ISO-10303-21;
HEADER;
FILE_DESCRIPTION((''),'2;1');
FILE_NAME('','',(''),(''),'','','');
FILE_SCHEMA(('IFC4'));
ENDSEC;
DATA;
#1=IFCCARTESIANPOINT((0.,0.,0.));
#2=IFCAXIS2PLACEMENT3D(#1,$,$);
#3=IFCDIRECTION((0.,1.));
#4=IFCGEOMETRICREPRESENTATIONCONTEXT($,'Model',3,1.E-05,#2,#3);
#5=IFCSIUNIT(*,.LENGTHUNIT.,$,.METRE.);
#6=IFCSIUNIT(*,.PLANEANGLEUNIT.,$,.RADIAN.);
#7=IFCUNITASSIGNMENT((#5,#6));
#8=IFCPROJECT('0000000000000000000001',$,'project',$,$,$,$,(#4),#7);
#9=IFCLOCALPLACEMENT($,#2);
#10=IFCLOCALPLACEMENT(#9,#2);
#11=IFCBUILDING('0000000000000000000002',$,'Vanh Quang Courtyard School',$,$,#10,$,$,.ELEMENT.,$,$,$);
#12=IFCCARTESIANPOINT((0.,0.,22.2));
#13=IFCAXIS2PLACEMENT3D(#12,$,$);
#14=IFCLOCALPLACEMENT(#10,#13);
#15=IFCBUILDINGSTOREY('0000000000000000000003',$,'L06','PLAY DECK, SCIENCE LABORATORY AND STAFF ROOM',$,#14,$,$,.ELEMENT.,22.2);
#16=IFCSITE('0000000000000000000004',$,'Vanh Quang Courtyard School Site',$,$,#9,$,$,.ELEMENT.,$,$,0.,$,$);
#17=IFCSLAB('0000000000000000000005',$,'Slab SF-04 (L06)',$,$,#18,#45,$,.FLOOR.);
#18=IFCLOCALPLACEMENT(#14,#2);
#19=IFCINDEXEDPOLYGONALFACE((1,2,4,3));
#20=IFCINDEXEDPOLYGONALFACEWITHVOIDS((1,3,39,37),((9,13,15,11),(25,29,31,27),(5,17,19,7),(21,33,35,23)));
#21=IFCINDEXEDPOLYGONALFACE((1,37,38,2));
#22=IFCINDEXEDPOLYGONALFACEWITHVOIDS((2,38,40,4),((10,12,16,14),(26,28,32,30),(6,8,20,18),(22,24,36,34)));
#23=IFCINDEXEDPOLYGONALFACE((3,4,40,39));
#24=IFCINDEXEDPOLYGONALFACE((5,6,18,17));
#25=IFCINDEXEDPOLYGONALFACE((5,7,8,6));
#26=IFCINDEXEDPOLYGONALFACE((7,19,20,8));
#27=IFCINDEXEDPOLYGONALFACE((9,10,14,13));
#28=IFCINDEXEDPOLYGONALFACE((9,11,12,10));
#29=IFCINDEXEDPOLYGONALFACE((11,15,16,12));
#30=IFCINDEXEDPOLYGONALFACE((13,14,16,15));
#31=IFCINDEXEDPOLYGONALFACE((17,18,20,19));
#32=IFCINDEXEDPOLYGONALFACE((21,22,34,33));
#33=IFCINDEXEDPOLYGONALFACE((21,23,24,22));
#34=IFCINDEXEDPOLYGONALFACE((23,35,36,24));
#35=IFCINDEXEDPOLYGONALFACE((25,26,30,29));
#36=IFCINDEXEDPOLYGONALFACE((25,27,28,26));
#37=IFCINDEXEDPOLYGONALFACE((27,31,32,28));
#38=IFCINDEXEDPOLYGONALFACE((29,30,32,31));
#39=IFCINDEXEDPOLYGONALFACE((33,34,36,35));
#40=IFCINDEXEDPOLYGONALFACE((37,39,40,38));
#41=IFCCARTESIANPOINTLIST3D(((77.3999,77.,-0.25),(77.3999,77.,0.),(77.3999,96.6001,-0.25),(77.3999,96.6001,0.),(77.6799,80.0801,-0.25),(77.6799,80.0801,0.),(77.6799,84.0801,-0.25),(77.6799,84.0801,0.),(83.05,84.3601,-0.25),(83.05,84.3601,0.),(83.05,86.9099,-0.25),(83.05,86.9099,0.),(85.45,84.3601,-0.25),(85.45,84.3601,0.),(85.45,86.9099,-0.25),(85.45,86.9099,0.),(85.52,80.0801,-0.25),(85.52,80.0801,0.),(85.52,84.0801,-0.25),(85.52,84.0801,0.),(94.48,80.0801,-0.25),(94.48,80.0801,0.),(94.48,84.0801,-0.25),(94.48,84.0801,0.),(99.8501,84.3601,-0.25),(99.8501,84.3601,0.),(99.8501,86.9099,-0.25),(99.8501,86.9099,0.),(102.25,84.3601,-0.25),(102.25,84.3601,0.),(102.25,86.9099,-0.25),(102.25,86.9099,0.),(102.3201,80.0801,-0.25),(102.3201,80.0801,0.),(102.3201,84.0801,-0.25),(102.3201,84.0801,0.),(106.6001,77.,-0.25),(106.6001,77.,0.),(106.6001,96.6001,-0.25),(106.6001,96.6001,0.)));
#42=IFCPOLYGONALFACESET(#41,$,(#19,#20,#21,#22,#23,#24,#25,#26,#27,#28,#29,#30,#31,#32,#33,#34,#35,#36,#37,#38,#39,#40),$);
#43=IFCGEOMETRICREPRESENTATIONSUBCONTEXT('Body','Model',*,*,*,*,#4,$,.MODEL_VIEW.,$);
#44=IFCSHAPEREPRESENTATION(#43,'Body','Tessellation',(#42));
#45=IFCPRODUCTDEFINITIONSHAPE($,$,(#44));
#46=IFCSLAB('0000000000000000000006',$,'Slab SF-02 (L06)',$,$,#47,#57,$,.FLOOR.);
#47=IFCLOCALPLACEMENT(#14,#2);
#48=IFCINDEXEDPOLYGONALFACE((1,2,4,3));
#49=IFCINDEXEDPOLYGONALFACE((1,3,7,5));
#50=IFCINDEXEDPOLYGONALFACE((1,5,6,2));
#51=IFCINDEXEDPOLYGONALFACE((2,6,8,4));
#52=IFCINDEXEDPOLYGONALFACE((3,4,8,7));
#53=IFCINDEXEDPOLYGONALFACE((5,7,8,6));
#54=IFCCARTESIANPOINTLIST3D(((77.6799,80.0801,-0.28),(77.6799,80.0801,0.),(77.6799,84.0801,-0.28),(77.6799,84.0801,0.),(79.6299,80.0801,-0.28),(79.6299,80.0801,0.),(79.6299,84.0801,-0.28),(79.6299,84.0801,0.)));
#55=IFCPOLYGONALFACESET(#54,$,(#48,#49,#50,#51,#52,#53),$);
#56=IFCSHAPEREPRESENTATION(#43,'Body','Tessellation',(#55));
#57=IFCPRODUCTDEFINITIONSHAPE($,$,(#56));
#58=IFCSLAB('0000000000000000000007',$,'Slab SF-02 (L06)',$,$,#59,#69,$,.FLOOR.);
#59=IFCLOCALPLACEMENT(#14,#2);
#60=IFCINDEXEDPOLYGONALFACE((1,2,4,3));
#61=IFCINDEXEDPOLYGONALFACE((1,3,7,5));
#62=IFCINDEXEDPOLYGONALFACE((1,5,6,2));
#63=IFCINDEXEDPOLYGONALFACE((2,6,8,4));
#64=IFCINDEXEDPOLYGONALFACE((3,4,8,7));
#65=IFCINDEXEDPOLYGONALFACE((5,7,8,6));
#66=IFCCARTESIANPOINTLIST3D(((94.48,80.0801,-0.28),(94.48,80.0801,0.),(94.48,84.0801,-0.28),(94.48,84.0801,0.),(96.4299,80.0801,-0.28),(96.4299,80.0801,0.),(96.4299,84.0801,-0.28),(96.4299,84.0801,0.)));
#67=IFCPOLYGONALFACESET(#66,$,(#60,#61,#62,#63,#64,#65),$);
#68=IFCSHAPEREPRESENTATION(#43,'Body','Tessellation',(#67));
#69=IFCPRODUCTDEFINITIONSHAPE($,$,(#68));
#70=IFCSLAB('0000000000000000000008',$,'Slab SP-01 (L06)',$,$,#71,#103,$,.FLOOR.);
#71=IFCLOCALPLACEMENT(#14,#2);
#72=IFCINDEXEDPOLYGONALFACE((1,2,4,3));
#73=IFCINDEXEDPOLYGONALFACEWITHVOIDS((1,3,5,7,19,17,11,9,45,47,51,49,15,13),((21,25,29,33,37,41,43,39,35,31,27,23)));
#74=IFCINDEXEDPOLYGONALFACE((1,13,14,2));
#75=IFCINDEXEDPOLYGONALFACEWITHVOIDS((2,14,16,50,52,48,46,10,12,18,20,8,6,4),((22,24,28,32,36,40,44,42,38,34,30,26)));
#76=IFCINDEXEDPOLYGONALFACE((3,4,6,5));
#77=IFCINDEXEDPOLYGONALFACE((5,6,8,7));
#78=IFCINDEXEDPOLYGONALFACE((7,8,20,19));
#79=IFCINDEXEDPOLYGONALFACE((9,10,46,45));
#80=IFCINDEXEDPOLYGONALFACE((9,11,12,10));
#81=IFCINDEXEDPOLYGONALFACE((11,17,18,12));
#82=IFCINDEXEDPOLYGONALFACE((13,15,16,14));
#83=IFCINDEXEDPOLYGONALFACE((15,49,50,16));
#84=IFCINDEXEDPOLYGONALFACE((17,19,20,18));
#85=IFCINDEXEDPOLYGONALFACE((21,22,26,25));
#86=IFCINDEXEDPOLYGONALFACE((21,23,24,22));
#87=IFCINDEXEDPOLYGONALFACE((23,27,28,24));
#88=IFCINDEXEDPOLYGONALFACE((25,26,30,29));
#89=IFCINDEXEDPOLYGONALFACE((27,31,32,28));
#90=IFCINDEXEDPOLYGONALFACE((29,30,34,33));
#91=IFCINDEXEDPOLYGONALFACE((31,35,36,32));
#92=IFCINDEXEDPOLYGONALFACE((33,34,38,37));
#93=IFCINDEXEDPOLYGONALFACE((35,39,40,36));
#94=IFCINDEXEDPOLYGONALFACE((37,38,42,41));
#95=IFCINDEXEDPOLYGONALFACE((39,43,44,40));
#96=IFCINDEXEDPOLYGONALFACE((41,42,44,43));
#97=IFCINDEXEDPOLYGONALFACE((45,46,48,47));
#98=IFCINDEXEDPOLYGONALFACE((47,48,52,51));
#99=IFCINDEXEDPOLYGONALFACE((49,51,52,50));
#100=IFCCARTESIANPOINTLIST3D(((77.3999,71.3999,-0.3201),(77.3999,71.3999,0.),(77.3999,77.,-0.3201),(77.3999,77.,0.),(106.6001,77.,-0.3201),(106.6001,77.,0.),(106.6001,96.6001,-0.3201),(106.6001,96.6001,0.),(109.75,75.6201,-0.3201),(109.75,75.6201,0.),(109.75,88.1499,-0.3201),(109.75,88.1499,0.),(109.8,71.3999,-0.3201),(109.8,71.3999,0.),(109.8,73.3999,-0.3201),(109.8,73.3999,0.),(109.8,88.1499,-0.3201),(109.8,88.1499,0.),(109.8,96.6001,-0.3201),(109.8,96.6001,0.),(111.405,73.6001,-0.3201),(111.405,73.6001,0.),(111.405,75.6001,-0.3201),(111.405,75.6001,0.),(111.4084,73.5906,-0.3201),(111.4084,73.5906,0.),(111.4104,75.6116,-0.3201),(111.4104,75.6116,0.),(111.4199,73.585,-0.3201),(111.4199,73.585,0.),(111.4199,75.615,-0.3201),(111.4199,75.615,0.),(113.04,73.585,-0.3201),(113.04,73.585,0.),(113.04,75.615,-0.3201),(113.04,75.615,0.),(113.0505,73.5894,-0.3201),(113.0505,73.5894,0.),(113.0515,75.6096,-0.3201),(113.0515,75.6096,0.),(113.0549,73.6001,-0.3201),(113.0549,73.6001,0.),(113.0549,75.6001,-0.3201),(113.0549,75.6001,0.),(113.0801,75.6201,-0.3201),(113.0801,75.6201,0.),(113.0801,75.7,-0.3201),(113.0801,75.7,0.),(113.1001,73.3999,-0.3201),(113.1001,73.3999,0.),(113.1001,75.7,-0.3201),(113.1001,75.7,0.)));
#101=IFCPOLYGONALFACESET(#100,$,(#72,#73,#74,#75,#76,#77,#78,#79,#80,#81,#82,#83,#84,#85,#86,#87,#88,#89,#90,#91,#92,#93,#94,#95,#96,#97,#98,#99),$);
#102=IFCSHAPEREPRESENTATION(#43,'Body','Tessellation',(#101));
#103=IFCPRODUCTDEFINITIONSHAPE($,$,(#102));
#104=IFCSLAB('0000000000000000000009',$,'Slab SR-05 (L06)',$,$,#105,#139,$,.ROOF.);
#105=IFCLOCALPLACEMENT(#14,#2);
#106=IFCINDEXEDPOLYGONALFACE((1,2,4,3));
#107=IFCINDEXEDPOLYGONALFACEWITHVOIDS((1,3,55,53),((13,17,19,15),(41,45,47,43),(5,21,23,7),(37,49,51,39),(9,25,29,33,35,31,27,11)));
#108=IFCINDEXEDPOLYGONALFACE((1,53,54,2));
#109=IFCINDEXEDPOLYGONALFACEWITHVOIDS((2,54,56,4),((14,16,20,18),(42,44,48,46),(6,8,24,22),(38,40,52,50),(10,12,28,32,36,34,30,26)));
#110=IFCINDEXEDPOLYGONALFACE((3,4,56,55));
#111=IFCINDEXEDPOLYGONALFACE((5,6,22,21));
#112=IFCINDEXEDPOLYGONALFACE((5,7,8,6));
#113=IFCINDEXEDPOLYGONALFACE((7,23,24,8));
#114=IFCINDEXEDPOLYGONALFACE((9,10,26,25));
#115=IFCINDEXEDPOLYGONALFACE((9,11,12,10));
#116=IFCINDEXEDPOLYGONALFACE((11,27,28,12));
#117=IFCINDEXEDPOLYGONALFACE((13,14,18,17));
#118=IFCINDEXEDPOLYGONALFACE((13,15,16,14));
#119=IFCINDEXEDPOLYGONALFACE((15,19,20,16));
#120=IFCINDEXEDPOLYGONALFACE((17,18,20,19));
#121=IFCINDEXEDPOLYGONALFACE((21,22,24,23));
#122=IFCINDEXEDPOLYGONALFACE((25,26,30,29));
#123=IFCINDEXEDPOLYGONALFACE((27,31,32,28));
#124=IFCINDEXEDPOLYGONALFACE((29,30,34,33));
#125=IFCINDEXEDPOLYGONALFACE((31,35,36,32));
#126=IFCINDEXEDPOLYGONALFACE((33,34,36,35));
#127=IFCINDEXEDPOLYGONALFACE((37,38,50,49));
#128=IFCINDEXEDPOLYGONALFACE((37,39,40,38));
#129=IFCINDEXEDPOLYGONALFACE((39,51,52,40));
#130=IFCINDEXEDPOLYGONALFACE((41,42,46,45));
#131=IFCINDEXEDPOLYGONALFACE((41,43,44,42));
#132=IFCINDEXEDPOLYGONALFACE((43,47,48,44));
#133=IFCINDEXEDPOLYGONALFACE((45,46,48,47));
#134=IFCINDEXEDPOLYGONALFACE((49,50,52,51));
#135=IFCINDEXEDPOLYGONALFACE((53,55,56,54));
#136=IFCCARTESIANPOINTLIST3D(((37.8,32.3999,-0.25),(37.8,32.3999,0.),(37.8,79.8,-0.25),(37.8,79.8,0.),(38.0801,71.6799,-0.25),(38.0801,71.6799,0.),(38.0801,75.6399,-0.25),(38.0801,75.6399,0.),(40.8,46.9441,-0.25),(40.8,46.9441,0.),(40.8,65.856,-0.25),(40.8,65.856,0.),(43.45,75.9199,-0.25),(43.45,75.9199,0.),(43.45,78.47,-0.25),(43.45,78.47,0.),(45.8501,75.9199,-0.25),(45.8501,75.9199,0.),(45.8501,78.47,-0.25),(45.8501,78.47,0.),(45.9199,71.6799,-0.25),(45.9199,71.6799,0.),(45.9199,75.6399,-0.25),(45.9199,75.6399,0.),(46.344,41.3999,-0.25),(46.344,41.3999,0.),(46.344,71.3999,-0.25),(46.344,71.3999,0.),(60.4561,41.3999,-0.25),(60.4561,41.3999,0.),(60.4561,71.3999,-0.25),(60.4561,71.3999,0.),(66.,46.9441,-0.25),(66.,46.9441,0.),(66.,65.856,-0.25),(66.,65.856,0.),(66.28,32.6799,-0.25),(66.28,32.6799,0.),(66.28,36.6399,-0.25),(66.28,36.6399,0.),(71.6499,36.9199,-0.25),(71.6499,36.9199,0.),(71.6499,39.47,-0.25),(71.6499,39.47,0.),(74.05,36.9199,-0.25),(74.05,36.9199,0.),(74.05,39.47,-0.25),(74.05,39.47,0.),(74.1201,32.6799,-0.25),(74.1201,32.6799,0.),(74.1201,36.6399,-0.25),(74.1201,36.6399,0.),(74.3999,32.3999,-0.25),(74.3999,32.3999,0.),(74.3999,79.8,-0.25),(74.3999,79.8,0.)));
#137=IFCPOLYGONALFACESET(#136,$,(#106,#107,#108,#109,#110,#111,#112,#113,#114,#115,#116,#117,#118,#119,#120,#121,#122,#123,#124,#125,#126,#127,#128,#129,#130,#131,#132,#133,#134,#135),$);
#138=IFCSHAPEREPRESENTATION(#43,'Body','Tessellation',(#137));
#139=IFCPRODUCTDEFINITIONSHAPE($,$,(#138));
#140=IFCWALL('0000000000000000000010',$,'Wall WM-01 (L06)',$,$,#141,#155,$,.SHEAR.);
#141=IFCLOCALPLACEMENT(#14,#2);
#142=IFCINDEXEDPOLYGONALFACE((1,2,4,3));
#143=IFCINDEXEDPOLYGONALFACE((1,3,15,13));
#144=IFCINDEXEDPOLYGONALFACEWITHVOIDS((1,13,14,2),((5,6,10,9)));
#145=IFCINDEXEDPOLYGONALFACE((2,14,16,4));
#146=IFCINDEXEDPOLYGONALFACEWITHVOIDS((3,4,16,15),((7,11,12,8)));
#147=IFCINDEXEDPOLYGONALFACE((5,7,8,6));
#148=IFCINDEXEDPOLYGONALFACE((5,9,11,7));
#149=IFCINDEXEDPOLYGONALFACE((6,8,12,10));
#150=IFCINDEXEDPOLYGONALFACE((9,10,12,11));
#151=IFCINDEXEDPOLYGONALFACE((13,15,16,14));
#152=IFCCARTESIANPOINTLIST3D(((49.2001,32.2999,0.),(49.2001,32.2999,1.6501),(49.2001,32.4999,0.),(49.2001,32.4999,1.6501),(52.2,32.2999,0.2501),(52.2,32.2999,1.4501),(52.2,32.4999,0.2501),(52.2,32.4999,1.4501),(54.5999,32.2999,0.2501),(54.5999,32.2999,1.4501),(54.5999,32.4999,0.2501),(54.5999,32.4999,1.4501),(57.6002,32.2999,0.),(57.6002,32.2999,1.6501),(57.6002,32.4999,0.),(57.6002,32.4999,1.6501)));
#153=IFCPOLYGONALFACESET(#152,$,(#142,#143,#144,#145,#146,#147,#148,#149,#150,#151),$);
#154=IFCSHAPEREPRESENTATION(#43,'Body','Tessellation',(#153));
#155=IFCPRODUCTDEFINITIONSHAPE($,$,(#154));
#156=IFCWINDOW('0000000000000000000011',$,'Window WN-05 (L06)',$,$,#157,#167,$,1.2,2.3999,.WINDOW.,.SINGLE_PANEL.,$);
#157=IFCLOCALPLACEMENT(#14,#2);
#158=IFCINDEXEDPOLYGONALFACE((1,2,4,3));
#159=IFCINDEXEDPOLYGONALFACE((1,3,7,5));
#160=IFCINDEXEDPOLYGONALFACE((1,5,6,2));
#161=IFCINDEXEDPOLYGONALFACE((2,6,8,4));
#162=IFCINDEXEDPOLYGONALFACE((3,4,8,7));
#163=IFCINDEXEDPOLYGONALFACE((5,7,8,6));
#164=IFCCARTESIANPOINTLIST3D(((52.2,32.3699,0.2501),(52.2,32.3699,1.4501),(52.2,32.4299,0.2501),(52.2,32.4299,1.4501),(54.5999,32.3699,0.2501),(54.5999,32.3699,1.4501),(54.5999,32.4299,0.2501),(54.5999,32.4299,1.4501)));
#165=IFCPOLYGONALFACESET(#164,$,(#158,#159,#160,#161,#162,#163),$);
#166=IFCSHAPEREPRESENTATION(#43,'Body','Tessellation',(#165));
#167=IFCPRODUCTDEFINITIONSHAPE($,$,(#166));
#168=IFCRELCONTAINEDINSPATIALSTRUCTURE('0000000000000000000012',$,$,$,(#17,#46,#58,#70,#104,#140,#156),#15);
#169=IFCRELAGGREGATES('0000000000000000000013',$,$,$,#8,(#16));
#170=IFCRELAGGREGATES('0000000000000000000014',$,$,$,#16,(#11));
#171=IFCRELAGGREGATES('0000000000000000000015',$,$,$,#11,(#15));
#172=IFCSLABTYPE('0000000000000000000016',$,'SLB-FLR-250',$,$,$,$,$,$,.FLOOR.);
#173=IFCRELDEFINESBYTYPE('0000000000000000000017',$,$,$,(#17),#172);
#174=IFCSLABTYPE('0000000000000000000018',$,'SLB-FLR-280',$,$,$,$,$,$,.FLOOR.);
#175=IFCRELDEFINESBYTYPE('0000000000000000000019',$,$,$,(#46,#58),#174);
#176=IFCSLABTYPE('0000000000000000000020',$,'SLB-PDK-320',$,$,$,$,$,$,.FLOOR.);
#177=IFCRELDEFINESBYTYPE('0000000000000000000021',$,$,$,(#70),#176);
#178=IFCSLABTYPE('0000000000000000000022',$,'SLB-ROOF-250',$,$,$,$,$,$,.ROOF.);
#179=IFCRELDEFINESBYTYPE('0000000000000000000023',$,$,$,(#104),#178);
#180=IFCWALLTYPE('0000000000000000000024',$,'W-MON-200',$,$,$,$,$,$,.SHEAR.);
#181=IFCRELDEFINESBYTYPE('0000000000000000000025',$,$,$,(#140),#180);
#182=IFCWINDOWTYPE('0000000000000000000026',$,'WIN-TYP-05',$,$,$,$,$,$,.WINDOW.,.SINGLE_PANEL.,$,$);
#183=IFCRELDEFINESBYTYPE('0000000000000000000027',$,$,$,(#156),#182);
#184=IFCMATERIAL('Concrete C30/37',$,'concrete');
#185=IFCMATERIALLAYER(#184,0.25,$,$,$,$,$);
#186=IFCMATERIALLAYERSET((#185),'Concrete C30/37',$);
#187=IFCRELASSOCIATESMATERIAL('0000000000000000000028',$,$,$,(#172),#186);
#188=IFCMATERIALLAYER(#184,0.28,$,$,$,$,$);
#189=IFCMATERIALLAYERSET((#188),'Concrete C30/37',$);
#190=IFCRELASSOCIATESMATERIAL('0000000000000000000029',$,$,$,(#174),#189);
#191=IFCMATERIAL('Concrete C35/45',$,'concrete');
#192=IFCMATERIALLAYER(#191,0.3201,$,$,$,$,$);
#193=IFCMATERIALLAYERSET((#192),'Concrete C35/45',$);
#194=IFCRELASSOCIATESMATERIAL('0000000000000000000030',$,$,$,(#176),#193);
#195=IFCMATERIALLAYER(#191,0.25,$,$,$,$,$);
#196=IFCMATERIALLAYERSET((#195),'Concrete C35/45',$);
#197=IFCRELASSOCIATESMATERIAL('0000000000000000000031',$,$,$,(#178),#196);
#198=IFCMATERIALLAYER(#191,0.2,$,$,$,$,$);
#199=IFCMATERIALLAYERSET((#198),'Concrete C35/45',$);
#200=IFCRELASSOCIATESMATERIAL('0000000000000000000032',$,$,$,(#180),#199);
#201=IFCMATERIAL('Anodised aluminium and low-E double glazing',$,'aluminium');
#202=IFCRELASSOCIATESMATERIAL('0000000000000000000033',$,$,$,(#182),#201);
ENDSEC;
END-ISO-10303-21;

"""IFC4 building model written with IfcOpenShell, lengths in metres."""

from ifc_helpers import new_model, si_unit, direction, frame, frame_2d, origin, place, context, subcontext, project, spatial, polyline, rectangle, outline, extrude, material, layer, layer_set, type_object, element, fill, save


model = new_model("IFC4")

# Units and contexts
model_context = context("Model", 3, precision=1e-05, world=origin(), true_north=direction((0.0, 1.0)))
body_context = subcontext(model_context, "Body", "Model", "MODEL_VIEW")
ifc_project = project(units=[si_unit("LENGTHUNIT", "METRE"), si_unit("PLANEANGLEUNIT", "RADIAN")], contexts=[model_context])

# Site, building, storey
site_placement = place(None, origin())
site = spatial("IfcSite", under=ifc_project, at=site_placement, Name="Vanh Quang Courtyard School Site", CompositionType="ELEMENT", RefElevation=0.0)
building_placement = place(site_placement, origin())
building = spatial("IfcBuilding", under=site, at=building_placement, Name="Vanh Quang Courtyard School", CompositionType="ELEMENT")
storey_placement = place(building_placement, frame((0.0, 0.0, 22.2)))
storey = spatial("IfcBuildingStorey", under=building, at=storey_placement, Name="L06", Description="PLAY DECK, SCIENCE LABORATORY AND STAFF ROOM", CompositionType="ELEMENT", Elevation=22.2)

# Shared definitions
ifc_material_1 = material(Name="Concrete C35/45", Category="concrete")

# Slabs
ifc_material_2 = material(Name="Concrete C30/37", Category="concrete")
ifc_layer_1 = layer(ifc_material_2, 0.25)
ifc_layer_set_1 = layer_set([ifc_layer_1], Name="Concrete C30/37")
slab_type_1 = type_object("IfcSlabType", Name="SLB-FLR-250", PredefinedType="FLOOR", material=ifc_layer_set_1)
slab_1_placement = place(storey_placement, frame((0.0, 0.0, -0.25)))
element("IfcSlab", 1, at=slab_1_placement, inside=storey, type_object=slab_type_1, Name="Slab SF-04 (L06)", PredefinedType="FLOOR", context=body_context, shape_type="SweptSolid", body=[
    extrude(outline(polyline([(77.3999, 96.6001), (77.3999, 77.0), (106.6001, 77.0), (106.6001, 96.6001), (77.3999, 96.6001)]), holes=[polyline([(77.6799, 84.0801), (85.52, 84.0801), (85.52, 80.0801), (77.6799, 80.0801), (77.6799, 84.0801)]), polyline([(94.48, 84.0801), (102.3201, 84.0801), (102.3201, 80.0801), (94.48, 80.0801), (94.48, 84.0801)]), polyline([(85.45, 86.9099), (85.45, 84.3601), (83.05, 84.3601), (83.05, 86.9099), (85.45, 86.9099)]), polyline([(102.25, 86.9099), (102.25, 84.3601), (99.8501, 84.3601), (99.8501, 86.9099), (102.25, 86.9099)])]), origin(), (0.0, 0.0, 1.0), 0.25),
])
ifc_layer_2 = layer(ifc_material_2, 0.28)
ifc_layer_set_2 = layer_set([ifc_layer_2], Name="Concrete C30/37")
slab_type_2 = type_object("IfcSlabType", Name="SLB-FLR-280", PredefinedType="FLOOR", material=ifc_layer_set_2)
slab_2_placement = place(storey_placement, frame((0.0, 0.0, -0.28)))
element("IfcSlab", 2, at=slab_2_placement, inside=storey, type_object=slab_type_2, Name="Slab SF-02 (L06)", PredefinedType="FLOOR", context=body_context, shape_type="SweptSolid", body=[
    extrude(outline(polyline([(79.6299, 80.0801), (77.6799, 80.0801), (77.6799, 84.0801), (79.6299, 84.0801), (79.6299, 80.0801)])), origin(), (0.0, 0.0, 1.0), 0.28),
])
slab_3_placement = place(storey_placement, frame((0.0, 0.0, -0.28)))
element("IfcSlab", 3, at=slab_3_placement, inside=storey, type_object=slab_type_2, Name="Slab SF-02 (L06)", PredefinedType="FLOOR", context=body_context, shape_type="SweptSolid", body=[
    extrude(outline(polyline([(96.4299, 80.0801), (94.48, 80.0801), (94.48, 84.0801), (96.4299, 84.0801), (96.4299, 80.0801)])), origin(), (0.0, 0.0, 1.0), 0.28),
])
ifc_layer_3 = layer(ifc_material_1, 0.3201)
ifc_layer_set_3 = layer_set([ifc_layer_3], Name="Concrete C35/45")
slab_type_3 = type_object("IfcSlabType", Name="SLB-PDK-320", PredefinedType="FLOOR", material=ifc_layer_set_3)
slab_4_placement = place(storey_placement, frame((0.0, 0.0, -0.3201)))
element("IfcSlab", 4, at=slab_4_placement, inside=storey, type_object=slab_type_3, Name="Slab SP-01 (L06)", PredefinedType="FLOOR", context=body_context, shape_type="SweptSolid", body=[
    extrude(outline(polyline([(109.8, 71.3999), (109.8, 73.3999), (113.1001, 73.3999), (113.1001, 75.7), (113.0801, 75.7), (113.0801, 75.6201), (109.75, 75.6201), (109.75, 88.1499), (109.8, 88.1499), (109.8, 96.6001), (106.6001, 96.6001), (106.6001, 77.0), (77.3999, 77.0), (77.3999, 71.3999), (109.8, 71.3999)]), holes=[polyline([(111.4199, 73.585), (111.4084, 73.5906), (111.405, 73.6001), (111.405, 75.6001), (111.4104, 75.6116), (111.4199, 75.615), (113.04, 75.615), (113.0515, 75.6096), (113.0549, 75.6001), (113.0549, 73.6001), (113.0505, 73.5894), (113.04, 73.585), (111.4199, 73.585)])]), origin(), (0.0, 0.0, 1.0), 0.3201),
])
ifc_layer_4 = layer(ifc_material_1, 0.25)
ifc_layer_set_4 = layer_set([ifc_layer_4], Name="Concrete C35/45")
slab_type_4 = type_object("IfcSlabType", Name="SLB-ROOF-250", PredefinedType="ROOF", material=ifc_layer_set_4)
slab_5_placement = place(storey_placement, frame((0.0, 0.0, -0.25)))
element("IfcSlab", 5, at=slab_5_placement, inside=storey, type_object=slab_type_4, Name="Slab SR-05 (L06)", PredefinedType="ROOF", context=body_context, shape_type="SweptSolid", body=[
    extrude(outline(polyline([(37.8, 32.3999), (74.3999, 32.3999), (74.3999, 79.8), (37.8, 79.8), (37.8, 32.3999)]), holes=[polyline([(46.344, 41.3999), (40.8, 46.9441), (40.8, 65.856), (46.344, 71.3999), (60.4561, 71.3999), (66.0, 65.856), (66.0, 46.9441), (60.4561, 41.3999), (46.344, 41.3999)]), polyline([(74.1201, 36.6399), (74.1201, 32.6799), (66.28, 32.6799), (66.28, 36.6399), (74.1201, 36.6399)]), polyline([(74.05, 36.9199), (71.6499, 36.9199), (71.6499, 39.47), (74.05, 39.47), (74.05, 36.9199)]), polyline([(45.9199, 75.6399), (45.9199, 71.6799), (38.0801, 71.6799), (38.0801, 75.6399), (45.9199, 75.6399)]), polyline([(45.8501, 78.47), (45.8501, 75.9199), (43.45, 75.9199), (43.45, 78.47), (45.8501, 78.47)])]), origin(), (0.0, 0.0, 1.0), 0.25),
])

# Wall, opening, window
ifc_layer_5 = layer(ifc_material_1, 0.2)
ifc_layer_set_5 = layer_set([ifc_layer_5], Name="Concrete C35/45")
wall_type_1 = type_object("IfcWallType", Name="W-MON-200", PredefinedType="SHEAR", material=ifc_layer_set_5)
wall_1_placement = place(storey_placement, frame((49.2, 32.3999, 0.0), z_axis=(0.0, 0.0, 1.0), x_axis=(1.0, 0.0, 0.0)))
wall_1 = element("IfcWall", 6, at=wall_1_placement, inside=storey, type_object=wall_type_1, Name="Wall WM-01 (L06)", PredefinedType="SHEAR", context=body_context, shape_type="SweptSolid", body=[
    extrude(rectangle(XDim=8.4001, YDim=0.2, at=frame_2d((4.2002, 0.0))), origin(), (0.0, 0.0, 1.0), 1.6501),
])
opening_placement = place(wall_1_placement, frame((3.0, 0.0, 0.25)))
opening = element("IfcOpeningElement", 7, at=opening_placement, cuts=wall_1, PredefinedType="OPENING", context=body_context, shape_type="SweptSolid", body=[
    extrude(rectangle(XDim=2.3999, YDim=1.2, at=frame_2d((1.2, 0.6001))), frame((0.0, 0.1099, 0.0), z_axis=(0.0, -1.0, 0.0), x_axis=(1.0, 0.0, 0.0)), (0.0, 0.0, 1.0), 0.22),
])
ifc_material_3 = material(Name="Anodised aluminium and low-E double glazing", Category="aluminium")
window_type = type_object("IfcWindowType", Name="WIN-TYP-05", PartitioningType="SINGLE_PANEL", PredefinedType="WINDOW", material=ifc_material_3)
window_placement = place(opening_placement, origin())
window = element("IfcWindow", 8, at=window_placement, inside=storey, type_object=window_type, Name="Window WN-05 (L06)", OverallHeight=1.2, OverallWidth=2.3999, PartitioningType="SINGLE_PANEL", PredefinedType="WINDOW", context=body_context, shape_type="SweptSolid", body=[
    extrude(rectangle(XDim=2.3999, YDim=1.2, at=frame_2d((1.2, 0.6001))), frame((0.0, 0.03, 0.0), z_axis=(0.0, -1.0, 0.0), x_axis=(1.0, 0.0, 0.0)), (0.0, 0.0, 1.0), 0.0601),
])
fill(opening, window)

save(model, "model.ifc")
